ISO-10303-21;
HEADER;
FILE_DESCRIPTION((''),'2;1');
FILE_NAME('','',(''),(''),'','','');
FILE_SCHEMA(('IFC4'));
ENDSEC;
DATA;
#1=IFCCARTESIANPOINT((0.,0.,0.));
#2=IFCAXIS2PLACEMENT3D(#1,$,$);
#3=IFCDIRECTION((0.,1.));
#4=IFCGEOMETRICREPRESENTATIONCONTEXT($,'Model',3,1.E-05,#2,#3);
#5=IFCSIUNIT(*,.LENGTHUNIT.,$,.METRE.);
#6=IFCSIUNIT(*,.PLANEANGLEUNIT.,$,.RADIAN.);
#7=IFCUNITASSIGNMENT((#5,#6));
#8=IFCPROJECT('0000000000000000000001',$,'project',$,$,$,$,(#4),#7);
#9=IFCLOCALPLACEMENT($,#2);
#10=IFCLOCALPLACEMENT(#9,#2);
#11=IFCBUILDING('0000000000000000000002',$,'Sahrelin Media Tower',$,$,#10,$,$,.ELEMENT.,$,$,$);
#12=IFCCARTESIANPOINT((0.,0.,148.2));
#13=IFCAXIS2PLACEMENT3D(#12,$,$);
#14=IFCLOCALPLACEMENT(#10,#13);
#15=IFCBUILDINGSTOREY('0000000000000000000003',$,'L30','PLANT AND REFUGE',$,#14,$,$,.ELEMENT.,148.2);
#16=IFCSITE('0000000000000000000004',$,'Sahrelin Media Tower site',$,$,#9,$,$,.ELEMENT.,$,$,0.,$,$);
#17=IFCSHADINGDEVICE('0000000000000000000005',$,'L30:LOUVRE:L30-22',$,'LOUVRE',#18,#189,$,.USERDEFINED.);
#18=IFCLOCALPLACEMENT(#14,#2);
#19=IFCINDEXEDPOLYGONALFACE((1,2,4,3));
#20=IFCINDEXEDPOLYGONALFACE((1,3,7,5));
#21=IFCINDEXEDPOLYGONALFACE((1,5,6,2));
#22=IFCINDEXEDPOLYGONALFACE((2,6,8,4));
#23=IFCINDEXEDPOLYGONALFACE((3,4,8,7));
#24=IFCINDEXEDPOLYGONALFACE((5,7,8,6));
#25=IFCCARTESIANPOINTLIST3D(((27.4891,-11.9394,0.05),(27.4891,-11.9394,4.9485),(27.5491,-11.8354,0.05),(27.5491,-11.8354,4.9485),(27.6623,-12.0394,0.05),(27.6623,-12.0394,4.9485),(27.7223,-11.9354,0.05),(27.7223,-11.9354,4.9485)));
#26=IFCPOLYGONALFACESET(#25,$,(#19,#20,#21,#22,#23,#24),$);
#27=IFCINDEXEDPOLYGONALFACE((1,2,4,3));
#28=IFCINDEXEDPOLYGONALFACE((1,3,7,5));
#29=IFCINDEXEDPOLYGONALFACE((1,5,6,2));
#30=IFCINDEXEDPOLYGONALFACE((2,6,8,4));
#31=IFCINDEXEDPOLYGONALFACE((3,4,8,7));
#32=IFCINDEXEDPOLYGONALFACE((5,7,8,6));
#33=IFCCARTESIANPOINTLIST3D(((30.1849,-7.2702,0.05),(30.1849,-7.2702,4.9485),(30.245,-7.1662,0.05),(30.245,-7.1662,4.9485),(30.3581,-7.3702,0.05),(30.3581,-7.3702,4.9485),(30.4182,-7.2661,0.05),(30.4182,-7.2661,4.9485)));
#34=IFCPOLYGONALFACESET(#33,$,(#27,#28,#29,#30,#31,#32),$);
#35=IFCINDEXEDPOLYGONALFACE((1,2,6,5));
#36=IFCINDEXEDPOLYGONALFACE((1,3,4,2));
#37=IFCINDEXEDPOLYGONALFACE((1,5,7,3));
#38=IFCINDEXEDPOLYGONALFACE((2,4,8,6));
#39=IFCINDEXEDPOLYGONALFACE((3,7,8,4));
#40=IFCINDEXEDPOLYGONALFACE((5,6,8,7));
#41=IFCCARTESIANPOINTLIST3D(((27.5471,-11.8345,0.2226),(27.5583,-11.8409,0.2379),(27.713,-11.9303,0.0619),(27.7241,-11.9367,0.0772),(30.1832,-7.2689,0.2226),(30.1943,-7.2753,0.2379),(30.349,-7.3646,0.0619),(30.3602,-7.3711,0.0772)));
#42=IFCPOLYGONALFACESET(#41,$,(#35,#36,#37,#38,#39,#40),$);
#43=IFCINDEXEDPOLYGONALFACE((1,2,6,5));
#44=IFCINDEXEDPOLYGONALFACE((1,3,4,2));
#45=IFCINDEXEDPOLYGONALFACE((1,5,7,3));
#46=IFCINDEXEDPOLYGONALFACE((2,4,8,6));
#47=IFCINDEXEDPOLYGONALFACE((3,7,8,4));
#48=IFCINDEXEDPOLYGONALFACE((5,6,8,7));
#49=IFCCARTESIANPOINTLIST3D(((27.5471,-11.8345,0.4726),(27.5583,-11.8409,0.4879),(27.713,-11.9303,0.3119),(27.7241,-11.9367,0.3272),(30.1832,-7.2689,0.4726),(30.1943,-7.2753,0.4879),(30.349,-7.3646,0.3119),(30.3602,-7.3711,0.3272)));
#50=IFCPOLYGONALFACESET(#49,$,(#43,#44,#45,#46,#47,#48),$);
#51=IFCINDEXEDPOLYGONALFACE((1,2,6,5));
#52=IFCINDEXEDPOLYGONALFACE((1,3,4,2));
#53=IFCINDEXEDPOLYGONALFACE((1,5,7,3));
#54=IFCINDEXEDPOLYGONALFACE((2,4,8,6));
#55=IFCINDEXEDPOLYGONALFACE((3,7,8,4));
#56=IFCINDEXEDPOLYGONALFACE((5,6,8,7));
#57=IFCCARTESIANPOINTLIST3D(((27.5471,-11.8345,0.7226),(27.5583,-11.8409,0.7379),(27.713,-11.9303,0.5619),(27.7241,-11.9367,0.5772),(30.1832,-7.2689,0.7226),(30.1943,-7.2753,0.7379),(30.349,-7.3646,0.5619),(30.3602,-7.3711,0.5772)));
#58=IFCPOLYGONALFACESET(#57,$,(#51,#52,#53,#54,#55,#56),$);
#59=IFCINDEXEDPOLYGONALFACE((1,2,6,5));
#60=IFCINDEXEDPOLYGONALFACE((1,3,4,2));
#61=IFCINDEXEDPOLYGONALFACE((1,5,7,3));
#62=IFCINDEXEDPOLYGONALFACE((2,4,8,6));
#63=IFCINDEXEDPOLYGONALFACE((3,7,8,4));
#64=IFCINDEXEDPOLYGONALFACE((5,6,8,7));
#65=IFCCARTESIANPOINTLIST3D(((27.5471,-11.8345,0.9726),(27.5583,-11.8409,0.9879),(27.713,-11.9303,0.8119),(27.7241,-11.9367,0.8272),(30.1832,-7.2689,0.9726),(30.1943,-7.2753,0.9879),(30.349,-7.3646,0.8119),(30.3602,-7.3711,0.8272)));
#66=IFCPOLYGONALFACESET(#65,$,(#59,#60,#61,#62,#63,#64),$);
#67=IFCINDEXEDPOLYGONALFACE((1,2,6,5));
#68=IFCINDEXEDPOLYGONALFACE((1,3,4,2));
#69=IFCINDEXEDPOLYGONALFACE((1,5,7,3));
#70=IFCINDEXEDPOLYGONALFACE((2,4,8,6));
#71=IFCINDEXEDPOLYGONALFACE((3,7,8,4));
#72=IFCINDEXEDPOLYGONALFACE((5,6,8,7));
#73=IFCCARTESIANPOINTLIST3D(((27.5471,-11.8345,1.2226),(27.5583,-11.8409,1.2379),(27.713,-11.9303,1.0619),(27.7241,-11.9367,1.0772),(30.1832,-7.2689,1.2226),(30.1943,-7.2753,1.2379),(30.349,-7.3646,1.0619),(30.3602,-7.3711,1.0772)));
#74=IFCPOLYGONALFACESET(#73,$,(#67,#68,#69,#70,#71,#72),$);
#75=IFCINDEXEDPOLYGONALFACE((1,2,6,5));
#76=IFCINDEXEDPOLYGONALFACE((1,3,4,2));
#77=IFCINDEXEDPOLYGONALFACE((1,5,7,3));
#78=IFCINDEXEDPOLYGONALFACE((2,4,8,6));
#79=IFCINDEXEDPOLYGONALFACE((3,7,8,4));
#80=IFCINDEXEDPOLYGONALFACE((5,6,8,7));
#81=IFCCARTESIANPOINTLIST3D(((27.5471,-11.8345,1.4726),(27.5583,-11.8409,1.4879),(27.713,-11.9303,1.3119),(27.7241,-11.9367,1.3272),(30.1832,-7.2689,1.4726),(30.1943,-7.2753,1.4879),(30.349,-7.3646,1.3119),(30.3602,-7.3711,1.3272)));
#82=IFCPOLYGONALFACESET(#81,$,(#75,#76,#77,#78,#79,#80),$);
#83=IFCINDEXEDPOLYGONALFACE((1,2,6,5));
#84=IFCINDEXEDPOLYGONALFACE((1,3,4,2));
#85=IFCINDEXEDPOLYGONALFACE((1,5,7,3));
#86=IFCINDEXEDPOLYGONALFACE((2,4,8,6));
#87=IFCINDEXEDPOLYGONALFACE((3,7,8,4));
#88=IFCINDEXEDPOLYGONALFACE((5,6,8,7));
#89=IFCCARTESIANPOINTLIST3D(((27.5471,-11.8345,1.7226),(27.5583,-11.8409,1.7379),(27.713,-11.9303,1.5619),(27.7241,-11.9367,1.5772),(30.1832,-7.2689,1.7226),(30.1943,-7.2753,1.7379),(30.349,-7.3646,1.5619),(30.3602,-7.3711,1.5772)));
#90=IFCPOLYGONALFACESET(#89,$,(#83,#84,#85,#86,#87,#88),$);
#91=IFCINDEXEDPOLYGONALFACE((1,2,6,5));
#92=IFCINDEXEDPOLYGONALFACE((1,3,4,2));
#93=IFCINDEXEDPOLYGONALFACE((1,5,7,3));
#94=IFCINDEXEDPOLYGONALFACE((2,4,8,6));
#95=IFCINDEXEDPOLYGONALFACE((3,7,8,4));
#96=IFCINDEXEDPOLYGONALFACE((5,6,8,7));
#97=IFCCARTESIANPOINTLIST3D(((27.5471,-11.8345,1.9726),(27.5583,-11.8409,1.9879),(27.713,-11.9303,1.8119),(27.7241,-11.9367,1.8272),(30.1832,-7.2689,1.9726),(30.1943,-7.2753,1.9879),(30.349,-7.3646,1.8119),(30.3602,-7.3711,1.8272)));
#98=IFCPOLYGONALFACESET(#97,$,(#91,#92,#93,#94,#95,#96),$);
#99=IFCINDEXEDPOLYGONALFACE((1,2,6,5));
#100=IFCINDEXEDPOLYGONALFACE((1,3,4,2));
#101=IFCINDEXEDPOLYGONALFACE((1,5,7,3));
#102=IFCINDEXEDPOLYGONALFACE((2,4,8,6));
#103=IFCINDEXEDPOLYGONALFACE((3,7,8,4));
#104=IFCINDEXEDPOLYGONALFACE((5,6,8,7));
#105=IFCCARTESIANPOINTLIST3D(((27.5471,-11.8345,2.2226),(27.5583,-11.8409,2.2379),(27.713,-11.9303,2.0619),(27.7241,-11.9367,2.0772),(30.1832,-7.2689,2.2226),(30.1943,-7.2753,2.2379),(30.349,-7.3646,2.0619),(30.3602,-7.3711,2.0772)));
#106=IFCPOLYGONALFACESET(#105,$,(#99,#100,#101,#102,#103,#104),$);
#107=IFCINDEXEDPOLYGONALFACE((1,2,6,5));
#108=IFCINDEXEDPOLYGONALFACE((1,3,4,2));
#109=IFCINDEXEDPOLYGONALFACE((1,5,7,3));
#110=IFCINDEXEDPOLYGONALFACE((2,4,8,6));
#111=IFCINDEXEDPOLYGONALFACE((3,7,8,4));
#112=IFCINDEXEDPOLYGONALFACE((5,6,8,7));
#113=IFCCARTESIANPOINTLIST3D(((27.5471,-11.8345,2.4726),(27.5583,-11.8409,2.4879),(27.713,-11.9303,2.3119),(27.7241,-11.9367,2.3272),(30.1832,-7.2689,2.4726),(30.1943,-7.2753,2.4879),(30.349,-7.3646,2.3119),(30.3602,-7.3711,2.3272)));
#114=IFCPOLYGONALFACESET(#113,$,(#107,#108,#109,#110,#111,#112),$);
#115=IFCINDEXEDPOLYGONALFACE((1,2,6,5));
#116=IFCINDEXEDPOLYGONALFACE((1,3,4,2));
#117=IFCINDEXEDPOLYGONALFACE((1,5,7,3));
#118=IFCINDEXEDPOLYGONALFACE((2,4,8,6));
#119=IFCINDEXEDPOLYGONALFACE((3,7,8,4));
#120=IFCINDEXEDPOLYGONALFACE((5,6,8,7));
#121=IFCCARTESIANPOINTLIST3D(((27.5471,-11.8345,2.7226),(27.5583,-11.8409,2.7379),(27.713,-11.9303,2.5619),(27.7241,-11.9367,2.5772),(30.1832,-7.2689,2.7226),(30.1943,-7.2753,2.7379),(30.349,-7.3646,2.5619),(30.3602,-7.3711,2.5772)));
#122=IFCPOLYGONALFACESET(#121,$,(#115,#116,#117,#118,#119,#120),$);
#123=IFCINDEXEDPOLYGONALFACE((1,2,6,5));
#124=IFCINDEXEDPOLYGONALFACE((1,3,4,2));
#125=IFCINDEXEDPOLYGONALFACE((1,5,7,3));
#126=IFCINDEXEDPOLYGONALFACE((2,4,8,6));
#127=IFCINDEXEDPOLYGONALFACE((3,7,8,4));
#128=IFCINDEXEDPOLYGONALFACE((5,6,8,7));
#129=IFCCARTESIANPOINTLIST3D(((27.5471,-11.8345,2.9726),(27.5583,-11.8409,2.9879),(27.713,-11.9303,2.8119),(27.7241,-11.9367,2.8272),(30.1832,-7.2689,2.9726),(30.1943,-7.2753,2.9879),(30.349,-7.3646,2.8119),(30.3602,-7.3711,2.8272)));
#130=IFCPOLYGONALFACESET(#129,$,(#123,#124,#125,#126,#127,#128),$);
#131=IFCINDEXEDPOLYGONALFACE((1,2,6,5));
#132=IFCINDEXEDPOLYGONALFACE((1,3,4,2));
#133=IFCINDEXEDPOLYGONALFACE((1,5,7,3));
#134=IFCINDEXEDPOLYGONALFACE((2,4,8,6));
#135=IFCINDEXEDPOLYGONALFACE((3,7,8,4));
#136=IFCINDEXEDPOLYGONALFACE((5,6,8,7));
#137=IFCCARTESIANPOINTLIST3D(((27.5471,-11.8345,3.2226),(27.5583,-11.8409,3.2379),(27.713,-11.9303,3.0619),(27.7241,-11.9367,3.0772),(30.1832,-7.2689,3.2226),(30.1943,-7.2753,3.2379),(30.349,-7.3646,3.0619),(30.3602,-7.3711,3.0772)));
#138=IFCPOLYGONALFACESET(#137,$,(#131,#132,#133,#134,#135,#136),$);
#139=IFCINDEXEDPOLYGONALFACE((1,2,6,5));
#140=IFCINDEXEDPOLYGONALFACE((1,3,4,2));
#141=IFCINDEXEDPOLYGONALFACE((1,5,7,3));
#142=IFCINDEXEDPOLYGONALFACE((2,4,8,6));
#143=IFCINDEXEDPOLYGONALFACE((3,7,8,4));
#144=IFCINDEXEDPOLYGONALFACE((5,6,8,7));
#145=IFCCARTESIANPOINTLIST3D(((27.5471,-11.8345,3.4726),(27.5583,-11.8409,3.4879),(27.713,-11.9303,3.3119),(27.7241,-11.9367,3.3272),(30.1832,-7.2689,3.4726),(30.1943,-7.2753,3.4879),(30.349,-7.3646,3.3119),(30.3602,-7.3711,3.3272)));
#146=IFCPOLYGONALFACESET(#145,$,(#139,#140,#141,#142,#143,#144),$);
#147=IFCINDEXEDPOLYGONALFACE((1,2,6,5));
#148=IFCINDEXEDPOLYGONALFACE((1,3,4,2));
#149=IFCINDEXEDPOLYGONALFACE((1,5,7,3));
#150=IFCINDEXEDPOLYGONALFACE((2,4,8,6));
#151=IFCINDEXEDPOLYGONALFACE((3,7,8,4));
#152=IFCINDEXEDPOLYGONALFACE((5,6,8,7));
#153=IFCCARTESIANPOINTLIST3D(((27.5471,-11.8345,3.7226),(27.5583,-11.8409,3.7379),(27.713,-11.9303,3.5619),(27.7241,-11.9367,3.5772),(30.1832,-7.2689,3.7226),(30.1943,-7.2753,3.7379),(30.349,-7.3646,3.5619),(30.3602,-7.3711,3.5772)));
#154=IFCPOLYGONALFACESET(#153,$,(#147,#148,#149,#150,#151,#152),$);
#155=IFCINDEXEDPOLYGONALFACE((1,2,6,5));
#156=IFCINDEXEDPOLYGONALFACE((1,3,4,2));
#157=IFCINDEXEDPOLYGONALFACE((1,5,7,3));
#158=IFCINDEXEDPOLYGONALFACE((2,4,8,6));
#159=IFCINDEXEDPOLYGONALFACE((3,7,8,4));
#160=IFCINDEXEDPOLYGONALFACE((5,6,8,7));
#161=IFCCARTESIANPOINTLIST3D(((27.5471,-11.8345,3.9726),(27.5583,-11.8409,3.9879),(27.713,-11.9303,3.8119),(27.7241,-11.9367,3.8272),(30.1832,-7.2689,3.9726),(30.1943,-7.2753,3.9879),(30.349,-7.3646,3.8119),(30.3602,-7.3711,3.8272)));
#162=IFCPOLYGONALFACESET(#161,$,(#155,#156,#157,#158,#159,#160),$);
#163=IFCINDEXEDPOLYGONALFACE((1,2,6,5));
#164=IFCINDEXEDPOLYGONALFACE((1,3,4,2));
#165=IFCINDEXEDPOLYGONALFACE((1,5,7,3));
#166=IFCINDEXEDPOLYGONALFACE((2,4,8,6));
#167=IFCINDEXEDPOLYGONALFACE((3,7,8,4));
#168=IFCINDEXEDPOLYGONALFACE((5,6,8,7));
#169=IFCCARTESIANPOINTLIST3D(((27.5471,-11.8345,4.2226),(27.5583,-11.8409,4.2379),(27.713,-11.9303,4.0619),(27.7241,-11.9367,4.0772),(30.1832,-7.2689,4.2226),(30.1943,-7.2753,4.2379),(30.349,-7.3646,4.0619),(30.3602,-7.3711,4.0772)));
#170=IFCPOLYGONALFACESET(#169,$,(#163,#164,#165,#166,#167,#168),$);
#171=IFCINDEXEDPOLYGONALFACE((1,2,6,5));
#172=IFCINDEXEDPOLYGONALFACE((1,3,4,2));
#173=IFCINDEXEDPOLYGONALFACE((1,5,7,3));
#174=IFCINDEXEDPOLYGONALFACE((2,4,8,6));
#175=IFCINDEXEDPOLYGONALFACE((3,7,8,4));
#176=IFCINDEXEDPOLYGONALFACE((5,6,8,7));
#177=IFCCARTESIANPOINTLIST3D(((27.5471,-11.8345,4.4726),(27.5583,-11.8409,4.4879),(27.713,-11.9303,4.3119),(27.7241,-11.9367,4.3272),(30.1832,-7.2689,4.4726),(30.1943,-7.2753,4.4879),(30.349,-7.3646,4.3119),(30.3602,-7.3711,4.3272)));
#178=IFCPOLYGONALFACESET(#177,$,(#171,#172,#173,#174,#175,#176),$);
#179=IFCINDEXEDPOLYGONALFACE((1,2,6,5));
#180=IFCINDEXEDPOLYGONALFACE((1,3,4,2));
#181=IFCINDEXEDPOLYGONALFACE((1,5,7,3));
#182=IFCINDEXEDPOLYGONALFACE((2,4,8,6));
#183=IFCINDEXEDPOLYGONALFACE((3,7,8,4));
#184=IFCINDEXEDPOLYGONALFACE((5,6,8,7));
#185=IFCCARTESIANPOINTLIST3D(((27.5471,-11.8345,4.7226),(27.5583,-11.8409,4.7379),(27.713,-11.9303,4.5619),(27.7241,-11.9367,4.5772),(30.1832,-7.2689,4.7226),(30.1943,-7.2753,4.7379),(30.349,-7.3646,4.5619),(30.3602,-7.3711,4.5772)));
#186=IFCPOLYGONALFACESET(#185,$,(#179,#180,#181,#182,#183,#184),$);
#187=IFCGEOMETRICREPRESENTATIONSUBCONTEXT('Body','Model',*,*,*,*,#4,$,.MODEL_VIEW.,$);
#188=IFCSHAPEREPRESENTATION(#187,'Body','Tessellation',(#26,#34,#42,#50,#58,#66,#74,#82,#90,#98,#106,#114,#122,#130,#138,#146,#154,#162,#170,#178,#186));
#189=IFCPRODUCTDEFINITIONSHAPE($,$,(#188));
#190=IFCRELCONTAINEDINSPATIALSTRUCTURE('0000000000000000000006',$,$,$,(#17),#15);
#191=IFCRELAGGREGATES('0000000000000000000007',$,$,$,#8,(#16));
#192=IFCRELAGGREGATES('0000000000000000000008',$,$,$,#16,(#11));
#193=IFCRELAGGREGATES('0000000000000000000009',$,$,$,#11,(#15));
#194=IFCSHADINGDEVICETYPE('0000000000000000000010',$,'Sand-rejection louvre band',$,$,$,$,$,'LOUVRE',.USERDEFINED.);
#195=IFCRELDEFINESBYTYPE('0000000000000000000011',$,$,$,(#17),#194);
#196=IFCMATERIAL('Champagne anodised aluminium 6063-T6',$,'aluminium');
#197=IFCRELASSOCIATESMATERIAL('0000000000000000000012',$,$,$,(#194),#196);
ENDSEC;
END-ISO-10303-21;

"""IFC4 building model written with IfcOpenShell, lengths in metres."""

from ifc_helpers import new_model, si_unit, direction, frame, origin, origin_2d, place, context, subcontext, project, spatial, rectangle, extrude, material, type_object, element, save


model = new_model("IFC4")

# Units and contexts
model_context = context("Model", 3, precision=1e-05, world=origin(), true_north=direction((0.0, 1.0)))
body_context = subcontext(model_context, "Body", "Model", "MODEL_VIEW")
ifc_project = project(units=[si_unit("LENGTHUNIT", "METRE"), si_unit("PLANEANGLEUNIT", "RADIAN")], contexts=[model_context])

# Site, building, storey
site_placement = place(None, origin())
site = spatial("IfcSite", under=ifc_project, at=site_placement, Name="Sahrelin Media Tower site", CompositionType="ELEMENT", RefElevation=0.0)
building_placement = place(site_placement, origin())
building = spatial("IfcBuilding", under=site, at=building_placement, Name="Sahrelin Media Tower", CompositionType="ELEMENT")
storey_placement = place(building_placement, frame((0.0, 0.0, 148.2)))
storey = spatial("IfcBuildingStorey", under=building, at=storey_placement, Name="L30", Description="PLANT AND REFUGE", CompositionType="ELEMENT", Elevation=148.2)

# Shading device
ifc_material_1 = material(Name="Champagne anodised aluminium 6063-T6", Category="aluminium")
shading_device_type = type_object("IfcShadingDeviceType", Name="Sand-rejection louvre band", ElementType="LOUVRE", PredefinedType="USERDEFINED", material=ifc_material_1)
shading_device_1_placement = place(storey_placement, frame((28.8669, -9.5527, 0.0), z_axis=(0.0, 0.0, 1.0), x_axis=(-0.500011, -0.866019, 0.0)))
element("IfcShadingDevice", 1, at=shading_device_1_placement, inside=storey, type_object=shading_device_type, Name="L30:LOUVRE:L30-22", ObjectType="LOUVRE", PredefinedType="USERDEFINED", context=body_context, shape_type="SweptSolid", body=[
    extrude(rectangle(XDim=0.1201, YDim=0.2, at=origin_2d()), frame((2.6958, 0.1001, 0.05), z_axis=(0.0, 0.0, 1.0), x_axis=(1.0, 0.0, 0.0)), (0.0, 0.0, 1.0), 4.8984),
    extrude(rectangle(XDim=0.1201, YDim=0.2, at=origin_2d()), frame((-2.6958, 0.1001, 0.05), z_axis=(0.0, 0.0, 1.0), x_axis=(1.0, 0.0, 0.0)), (0.0, 0.0, 1.0), 4.8984),
    extrude(rectangle(XDim=0.25, YDim=0.02, at=origin_2d()), frame((2.636, 0.1001, 0.1499), z_axis=(-1.0, 0.0, 0.0), x_axis=(0.0, -0.766044, 0.642788)), (0.0, 0.0, 1.0), 5.272),
    extrude(rectangle(XDim=0.25, YDim=0.02, at=origin_2d()), frame((2.636, 0.1001, 0.3999), z_axis=(-1.0, 0.0, 0.0), x_axis=(0.0, -0.766044, 0.642788)), (0.0, 0.0, 1.0), 5.272),
    extrude(rectangle(XDim=0.25, YDim=0.02, at=origin_2d()), frame((2.636, 0.1001, 0.6499), z_axis=(-1.0, 0.0, 0.0), x_axis=(0.0, -0.766044, 0.642788)), (0.0, 0.0, 1.0), 5.272),
    extrude(rectangle(XDim=0.25, YDim=0.02, at=origin_2d()), frame((2.636, 0.1001, 0.8999), z_axis=(-1.0, 0.0, 0.0), x_axis=(0.0, -0.766044, 0.642788)), (0.0, 0.0, 1.0), 5.272),
    extrude(rectangle(XDim=0.25, YDim=0.02, at=origin_2d()), frame((2.636, 0.1001, 1.1499), z_axis=(-1.0, 0.0, 0.0), x_axis=(0.0, -0.766044, 0.642788)), (0.0, 0.0, 1.0), 5.272),
    extrude(rectangle(XDim=0.25, YDim=0.02, at=origin_2d()), frame((2.636, 0.1001, 1.3999), z_axis=(-1.0, 0.0, 0.0), x_axis=(0.0, -0.766044, 0.642788)), (0.0, 0.0, 1.0), 5.272),
    extrude(rectangle(XDim=0.25, YDim=0.02, at=origin_2d()), frame((2.636, 0.1001, 1.6499), z_axis=(-1.0, 0.0, 0.0), x_axis=(0.0, -0.766044, 0.642788)), (0.0, 0.0, 1.0), 5.272),
    extrude(rectangle(XDim=0.25, YDim=0.02, at=origin_2d()), frame((2.636, 0.1001, 1.8999), z_axis=(-1.0, 0.0, 0.0), x_axis=(0.0, -0.766044, 0.642788)), (0.0, 0.0, 1.0), 5.272),
    extrude(rectangle(XDim=0.25, YDim=0.02, at=origin_2d()), frame((2.636, 0.1001, 2.1499), z_axis=(-1.0, 0.0, 0.0), x_axis=(0.0, -0.766044, 0.642788)), (0.0, 0.0, 1.0), 5.272),
    extrude(rectangle(XDim=0.25, YDim=0.02, at=origin_2d()), frame((2.636, 0.1001, 2.3999), z_axis=(-1.0, 0.0, 0.0), x_axis=(0.0, -0.766044, 0.642788)), (0.0, 0.0, 1.0), 5.272),
    extrude(rectangle(XDim=0.25, YDim=0.02, at=origin_2d()), frame((2.636, 0.1001, 2.6499), z_axis=(-1.0, 0.0, 0.0), x_axis=(0.0, -0.766044, 0.642788)), (0.0, 0.0, 1.0), 5.272),
    extrude(rectangle(XDim=0.25, YDim=0.02, at=origin_2d()), frame((2.636, 0.1001, 2.8999), z_axis=(-1.0, 0.0, 0.0), x_axis=(0.0, -0.766044, 0.642788)), (0.0, 0.0, 1.0), 5.272),
    extrude(rectangle(XDim=0.25, YDim=0.02, at=origin_2d()), frame((2.636, 0.1001, 3.1499), z_axis=(-1.0, 0.0, 0.0), x_axis=(0.0, -0.766044, 0.642788)), (0.0, 0.0, 1.0), 5.272),
    extrude(rectangle(XDim=0.25, YDim=0.02, at=origin_2d()), frame((2.636, 0.1001, 3.3999), z_axis=(-1.0, 0.0, 0.0), x_axis=(0.0, -0.766044, 0.642788)), (0.0, 0.0, 1.0), 5.272),
    extrude(rectangle(XDim=0.25, YDim=0.02, at=origin_2d()), frame((2.636, 0.1001, 3.6499), z_axis=(-1.0, 0.0, 0.0), x_axis=(0.0, -0.766044, 0.642788)), (0.0, 0.0, 1.0), 5.272),
    extrude(rectangle(XDim=0.25, YDim=0.02, at=origin_2d()), frame((2.636, 0.1001, 3.8999), z_axis=(-1.0, 0.0, 0.0), x_axis=(0.0, -0.766044, 0.642788)), (0.0, 0.0, 1.0), 5.272),
    extrude(rectangle(XDim=0.25, YDim=0.02, at=origin_2d()), frame((2.636, 0.1001, 4.1499), z_axis=(-1.0, 0.0, 0.0), x_axis=(0.0, -0.766044, 0.642788)), (0.0, 0.0, 1.0), 5.272),
    extrude(rectangle(XDim=0.25, YDim=0.02, at=origin_2d()), frame((2.636, 0.1001, 4.3999), z_axis=(-1.0, 0.0, 0.0), x_axis=(0.0, -0.766044, 0.642788)), (0.0, 0.0, 1.0), 5.272),
    extrude(rectangle(XDim=0.25, YDim=0.02, at=origin_2d()), frame((2.636, 0.1001, 4.6499), z_axis=(-1.0, 0.0, 0.0), x_axis=(0.0, -0.766044, 0.642788)), (0.0, 0.0, 1.0), 5.272),
])

save(model, "model.ifc")
